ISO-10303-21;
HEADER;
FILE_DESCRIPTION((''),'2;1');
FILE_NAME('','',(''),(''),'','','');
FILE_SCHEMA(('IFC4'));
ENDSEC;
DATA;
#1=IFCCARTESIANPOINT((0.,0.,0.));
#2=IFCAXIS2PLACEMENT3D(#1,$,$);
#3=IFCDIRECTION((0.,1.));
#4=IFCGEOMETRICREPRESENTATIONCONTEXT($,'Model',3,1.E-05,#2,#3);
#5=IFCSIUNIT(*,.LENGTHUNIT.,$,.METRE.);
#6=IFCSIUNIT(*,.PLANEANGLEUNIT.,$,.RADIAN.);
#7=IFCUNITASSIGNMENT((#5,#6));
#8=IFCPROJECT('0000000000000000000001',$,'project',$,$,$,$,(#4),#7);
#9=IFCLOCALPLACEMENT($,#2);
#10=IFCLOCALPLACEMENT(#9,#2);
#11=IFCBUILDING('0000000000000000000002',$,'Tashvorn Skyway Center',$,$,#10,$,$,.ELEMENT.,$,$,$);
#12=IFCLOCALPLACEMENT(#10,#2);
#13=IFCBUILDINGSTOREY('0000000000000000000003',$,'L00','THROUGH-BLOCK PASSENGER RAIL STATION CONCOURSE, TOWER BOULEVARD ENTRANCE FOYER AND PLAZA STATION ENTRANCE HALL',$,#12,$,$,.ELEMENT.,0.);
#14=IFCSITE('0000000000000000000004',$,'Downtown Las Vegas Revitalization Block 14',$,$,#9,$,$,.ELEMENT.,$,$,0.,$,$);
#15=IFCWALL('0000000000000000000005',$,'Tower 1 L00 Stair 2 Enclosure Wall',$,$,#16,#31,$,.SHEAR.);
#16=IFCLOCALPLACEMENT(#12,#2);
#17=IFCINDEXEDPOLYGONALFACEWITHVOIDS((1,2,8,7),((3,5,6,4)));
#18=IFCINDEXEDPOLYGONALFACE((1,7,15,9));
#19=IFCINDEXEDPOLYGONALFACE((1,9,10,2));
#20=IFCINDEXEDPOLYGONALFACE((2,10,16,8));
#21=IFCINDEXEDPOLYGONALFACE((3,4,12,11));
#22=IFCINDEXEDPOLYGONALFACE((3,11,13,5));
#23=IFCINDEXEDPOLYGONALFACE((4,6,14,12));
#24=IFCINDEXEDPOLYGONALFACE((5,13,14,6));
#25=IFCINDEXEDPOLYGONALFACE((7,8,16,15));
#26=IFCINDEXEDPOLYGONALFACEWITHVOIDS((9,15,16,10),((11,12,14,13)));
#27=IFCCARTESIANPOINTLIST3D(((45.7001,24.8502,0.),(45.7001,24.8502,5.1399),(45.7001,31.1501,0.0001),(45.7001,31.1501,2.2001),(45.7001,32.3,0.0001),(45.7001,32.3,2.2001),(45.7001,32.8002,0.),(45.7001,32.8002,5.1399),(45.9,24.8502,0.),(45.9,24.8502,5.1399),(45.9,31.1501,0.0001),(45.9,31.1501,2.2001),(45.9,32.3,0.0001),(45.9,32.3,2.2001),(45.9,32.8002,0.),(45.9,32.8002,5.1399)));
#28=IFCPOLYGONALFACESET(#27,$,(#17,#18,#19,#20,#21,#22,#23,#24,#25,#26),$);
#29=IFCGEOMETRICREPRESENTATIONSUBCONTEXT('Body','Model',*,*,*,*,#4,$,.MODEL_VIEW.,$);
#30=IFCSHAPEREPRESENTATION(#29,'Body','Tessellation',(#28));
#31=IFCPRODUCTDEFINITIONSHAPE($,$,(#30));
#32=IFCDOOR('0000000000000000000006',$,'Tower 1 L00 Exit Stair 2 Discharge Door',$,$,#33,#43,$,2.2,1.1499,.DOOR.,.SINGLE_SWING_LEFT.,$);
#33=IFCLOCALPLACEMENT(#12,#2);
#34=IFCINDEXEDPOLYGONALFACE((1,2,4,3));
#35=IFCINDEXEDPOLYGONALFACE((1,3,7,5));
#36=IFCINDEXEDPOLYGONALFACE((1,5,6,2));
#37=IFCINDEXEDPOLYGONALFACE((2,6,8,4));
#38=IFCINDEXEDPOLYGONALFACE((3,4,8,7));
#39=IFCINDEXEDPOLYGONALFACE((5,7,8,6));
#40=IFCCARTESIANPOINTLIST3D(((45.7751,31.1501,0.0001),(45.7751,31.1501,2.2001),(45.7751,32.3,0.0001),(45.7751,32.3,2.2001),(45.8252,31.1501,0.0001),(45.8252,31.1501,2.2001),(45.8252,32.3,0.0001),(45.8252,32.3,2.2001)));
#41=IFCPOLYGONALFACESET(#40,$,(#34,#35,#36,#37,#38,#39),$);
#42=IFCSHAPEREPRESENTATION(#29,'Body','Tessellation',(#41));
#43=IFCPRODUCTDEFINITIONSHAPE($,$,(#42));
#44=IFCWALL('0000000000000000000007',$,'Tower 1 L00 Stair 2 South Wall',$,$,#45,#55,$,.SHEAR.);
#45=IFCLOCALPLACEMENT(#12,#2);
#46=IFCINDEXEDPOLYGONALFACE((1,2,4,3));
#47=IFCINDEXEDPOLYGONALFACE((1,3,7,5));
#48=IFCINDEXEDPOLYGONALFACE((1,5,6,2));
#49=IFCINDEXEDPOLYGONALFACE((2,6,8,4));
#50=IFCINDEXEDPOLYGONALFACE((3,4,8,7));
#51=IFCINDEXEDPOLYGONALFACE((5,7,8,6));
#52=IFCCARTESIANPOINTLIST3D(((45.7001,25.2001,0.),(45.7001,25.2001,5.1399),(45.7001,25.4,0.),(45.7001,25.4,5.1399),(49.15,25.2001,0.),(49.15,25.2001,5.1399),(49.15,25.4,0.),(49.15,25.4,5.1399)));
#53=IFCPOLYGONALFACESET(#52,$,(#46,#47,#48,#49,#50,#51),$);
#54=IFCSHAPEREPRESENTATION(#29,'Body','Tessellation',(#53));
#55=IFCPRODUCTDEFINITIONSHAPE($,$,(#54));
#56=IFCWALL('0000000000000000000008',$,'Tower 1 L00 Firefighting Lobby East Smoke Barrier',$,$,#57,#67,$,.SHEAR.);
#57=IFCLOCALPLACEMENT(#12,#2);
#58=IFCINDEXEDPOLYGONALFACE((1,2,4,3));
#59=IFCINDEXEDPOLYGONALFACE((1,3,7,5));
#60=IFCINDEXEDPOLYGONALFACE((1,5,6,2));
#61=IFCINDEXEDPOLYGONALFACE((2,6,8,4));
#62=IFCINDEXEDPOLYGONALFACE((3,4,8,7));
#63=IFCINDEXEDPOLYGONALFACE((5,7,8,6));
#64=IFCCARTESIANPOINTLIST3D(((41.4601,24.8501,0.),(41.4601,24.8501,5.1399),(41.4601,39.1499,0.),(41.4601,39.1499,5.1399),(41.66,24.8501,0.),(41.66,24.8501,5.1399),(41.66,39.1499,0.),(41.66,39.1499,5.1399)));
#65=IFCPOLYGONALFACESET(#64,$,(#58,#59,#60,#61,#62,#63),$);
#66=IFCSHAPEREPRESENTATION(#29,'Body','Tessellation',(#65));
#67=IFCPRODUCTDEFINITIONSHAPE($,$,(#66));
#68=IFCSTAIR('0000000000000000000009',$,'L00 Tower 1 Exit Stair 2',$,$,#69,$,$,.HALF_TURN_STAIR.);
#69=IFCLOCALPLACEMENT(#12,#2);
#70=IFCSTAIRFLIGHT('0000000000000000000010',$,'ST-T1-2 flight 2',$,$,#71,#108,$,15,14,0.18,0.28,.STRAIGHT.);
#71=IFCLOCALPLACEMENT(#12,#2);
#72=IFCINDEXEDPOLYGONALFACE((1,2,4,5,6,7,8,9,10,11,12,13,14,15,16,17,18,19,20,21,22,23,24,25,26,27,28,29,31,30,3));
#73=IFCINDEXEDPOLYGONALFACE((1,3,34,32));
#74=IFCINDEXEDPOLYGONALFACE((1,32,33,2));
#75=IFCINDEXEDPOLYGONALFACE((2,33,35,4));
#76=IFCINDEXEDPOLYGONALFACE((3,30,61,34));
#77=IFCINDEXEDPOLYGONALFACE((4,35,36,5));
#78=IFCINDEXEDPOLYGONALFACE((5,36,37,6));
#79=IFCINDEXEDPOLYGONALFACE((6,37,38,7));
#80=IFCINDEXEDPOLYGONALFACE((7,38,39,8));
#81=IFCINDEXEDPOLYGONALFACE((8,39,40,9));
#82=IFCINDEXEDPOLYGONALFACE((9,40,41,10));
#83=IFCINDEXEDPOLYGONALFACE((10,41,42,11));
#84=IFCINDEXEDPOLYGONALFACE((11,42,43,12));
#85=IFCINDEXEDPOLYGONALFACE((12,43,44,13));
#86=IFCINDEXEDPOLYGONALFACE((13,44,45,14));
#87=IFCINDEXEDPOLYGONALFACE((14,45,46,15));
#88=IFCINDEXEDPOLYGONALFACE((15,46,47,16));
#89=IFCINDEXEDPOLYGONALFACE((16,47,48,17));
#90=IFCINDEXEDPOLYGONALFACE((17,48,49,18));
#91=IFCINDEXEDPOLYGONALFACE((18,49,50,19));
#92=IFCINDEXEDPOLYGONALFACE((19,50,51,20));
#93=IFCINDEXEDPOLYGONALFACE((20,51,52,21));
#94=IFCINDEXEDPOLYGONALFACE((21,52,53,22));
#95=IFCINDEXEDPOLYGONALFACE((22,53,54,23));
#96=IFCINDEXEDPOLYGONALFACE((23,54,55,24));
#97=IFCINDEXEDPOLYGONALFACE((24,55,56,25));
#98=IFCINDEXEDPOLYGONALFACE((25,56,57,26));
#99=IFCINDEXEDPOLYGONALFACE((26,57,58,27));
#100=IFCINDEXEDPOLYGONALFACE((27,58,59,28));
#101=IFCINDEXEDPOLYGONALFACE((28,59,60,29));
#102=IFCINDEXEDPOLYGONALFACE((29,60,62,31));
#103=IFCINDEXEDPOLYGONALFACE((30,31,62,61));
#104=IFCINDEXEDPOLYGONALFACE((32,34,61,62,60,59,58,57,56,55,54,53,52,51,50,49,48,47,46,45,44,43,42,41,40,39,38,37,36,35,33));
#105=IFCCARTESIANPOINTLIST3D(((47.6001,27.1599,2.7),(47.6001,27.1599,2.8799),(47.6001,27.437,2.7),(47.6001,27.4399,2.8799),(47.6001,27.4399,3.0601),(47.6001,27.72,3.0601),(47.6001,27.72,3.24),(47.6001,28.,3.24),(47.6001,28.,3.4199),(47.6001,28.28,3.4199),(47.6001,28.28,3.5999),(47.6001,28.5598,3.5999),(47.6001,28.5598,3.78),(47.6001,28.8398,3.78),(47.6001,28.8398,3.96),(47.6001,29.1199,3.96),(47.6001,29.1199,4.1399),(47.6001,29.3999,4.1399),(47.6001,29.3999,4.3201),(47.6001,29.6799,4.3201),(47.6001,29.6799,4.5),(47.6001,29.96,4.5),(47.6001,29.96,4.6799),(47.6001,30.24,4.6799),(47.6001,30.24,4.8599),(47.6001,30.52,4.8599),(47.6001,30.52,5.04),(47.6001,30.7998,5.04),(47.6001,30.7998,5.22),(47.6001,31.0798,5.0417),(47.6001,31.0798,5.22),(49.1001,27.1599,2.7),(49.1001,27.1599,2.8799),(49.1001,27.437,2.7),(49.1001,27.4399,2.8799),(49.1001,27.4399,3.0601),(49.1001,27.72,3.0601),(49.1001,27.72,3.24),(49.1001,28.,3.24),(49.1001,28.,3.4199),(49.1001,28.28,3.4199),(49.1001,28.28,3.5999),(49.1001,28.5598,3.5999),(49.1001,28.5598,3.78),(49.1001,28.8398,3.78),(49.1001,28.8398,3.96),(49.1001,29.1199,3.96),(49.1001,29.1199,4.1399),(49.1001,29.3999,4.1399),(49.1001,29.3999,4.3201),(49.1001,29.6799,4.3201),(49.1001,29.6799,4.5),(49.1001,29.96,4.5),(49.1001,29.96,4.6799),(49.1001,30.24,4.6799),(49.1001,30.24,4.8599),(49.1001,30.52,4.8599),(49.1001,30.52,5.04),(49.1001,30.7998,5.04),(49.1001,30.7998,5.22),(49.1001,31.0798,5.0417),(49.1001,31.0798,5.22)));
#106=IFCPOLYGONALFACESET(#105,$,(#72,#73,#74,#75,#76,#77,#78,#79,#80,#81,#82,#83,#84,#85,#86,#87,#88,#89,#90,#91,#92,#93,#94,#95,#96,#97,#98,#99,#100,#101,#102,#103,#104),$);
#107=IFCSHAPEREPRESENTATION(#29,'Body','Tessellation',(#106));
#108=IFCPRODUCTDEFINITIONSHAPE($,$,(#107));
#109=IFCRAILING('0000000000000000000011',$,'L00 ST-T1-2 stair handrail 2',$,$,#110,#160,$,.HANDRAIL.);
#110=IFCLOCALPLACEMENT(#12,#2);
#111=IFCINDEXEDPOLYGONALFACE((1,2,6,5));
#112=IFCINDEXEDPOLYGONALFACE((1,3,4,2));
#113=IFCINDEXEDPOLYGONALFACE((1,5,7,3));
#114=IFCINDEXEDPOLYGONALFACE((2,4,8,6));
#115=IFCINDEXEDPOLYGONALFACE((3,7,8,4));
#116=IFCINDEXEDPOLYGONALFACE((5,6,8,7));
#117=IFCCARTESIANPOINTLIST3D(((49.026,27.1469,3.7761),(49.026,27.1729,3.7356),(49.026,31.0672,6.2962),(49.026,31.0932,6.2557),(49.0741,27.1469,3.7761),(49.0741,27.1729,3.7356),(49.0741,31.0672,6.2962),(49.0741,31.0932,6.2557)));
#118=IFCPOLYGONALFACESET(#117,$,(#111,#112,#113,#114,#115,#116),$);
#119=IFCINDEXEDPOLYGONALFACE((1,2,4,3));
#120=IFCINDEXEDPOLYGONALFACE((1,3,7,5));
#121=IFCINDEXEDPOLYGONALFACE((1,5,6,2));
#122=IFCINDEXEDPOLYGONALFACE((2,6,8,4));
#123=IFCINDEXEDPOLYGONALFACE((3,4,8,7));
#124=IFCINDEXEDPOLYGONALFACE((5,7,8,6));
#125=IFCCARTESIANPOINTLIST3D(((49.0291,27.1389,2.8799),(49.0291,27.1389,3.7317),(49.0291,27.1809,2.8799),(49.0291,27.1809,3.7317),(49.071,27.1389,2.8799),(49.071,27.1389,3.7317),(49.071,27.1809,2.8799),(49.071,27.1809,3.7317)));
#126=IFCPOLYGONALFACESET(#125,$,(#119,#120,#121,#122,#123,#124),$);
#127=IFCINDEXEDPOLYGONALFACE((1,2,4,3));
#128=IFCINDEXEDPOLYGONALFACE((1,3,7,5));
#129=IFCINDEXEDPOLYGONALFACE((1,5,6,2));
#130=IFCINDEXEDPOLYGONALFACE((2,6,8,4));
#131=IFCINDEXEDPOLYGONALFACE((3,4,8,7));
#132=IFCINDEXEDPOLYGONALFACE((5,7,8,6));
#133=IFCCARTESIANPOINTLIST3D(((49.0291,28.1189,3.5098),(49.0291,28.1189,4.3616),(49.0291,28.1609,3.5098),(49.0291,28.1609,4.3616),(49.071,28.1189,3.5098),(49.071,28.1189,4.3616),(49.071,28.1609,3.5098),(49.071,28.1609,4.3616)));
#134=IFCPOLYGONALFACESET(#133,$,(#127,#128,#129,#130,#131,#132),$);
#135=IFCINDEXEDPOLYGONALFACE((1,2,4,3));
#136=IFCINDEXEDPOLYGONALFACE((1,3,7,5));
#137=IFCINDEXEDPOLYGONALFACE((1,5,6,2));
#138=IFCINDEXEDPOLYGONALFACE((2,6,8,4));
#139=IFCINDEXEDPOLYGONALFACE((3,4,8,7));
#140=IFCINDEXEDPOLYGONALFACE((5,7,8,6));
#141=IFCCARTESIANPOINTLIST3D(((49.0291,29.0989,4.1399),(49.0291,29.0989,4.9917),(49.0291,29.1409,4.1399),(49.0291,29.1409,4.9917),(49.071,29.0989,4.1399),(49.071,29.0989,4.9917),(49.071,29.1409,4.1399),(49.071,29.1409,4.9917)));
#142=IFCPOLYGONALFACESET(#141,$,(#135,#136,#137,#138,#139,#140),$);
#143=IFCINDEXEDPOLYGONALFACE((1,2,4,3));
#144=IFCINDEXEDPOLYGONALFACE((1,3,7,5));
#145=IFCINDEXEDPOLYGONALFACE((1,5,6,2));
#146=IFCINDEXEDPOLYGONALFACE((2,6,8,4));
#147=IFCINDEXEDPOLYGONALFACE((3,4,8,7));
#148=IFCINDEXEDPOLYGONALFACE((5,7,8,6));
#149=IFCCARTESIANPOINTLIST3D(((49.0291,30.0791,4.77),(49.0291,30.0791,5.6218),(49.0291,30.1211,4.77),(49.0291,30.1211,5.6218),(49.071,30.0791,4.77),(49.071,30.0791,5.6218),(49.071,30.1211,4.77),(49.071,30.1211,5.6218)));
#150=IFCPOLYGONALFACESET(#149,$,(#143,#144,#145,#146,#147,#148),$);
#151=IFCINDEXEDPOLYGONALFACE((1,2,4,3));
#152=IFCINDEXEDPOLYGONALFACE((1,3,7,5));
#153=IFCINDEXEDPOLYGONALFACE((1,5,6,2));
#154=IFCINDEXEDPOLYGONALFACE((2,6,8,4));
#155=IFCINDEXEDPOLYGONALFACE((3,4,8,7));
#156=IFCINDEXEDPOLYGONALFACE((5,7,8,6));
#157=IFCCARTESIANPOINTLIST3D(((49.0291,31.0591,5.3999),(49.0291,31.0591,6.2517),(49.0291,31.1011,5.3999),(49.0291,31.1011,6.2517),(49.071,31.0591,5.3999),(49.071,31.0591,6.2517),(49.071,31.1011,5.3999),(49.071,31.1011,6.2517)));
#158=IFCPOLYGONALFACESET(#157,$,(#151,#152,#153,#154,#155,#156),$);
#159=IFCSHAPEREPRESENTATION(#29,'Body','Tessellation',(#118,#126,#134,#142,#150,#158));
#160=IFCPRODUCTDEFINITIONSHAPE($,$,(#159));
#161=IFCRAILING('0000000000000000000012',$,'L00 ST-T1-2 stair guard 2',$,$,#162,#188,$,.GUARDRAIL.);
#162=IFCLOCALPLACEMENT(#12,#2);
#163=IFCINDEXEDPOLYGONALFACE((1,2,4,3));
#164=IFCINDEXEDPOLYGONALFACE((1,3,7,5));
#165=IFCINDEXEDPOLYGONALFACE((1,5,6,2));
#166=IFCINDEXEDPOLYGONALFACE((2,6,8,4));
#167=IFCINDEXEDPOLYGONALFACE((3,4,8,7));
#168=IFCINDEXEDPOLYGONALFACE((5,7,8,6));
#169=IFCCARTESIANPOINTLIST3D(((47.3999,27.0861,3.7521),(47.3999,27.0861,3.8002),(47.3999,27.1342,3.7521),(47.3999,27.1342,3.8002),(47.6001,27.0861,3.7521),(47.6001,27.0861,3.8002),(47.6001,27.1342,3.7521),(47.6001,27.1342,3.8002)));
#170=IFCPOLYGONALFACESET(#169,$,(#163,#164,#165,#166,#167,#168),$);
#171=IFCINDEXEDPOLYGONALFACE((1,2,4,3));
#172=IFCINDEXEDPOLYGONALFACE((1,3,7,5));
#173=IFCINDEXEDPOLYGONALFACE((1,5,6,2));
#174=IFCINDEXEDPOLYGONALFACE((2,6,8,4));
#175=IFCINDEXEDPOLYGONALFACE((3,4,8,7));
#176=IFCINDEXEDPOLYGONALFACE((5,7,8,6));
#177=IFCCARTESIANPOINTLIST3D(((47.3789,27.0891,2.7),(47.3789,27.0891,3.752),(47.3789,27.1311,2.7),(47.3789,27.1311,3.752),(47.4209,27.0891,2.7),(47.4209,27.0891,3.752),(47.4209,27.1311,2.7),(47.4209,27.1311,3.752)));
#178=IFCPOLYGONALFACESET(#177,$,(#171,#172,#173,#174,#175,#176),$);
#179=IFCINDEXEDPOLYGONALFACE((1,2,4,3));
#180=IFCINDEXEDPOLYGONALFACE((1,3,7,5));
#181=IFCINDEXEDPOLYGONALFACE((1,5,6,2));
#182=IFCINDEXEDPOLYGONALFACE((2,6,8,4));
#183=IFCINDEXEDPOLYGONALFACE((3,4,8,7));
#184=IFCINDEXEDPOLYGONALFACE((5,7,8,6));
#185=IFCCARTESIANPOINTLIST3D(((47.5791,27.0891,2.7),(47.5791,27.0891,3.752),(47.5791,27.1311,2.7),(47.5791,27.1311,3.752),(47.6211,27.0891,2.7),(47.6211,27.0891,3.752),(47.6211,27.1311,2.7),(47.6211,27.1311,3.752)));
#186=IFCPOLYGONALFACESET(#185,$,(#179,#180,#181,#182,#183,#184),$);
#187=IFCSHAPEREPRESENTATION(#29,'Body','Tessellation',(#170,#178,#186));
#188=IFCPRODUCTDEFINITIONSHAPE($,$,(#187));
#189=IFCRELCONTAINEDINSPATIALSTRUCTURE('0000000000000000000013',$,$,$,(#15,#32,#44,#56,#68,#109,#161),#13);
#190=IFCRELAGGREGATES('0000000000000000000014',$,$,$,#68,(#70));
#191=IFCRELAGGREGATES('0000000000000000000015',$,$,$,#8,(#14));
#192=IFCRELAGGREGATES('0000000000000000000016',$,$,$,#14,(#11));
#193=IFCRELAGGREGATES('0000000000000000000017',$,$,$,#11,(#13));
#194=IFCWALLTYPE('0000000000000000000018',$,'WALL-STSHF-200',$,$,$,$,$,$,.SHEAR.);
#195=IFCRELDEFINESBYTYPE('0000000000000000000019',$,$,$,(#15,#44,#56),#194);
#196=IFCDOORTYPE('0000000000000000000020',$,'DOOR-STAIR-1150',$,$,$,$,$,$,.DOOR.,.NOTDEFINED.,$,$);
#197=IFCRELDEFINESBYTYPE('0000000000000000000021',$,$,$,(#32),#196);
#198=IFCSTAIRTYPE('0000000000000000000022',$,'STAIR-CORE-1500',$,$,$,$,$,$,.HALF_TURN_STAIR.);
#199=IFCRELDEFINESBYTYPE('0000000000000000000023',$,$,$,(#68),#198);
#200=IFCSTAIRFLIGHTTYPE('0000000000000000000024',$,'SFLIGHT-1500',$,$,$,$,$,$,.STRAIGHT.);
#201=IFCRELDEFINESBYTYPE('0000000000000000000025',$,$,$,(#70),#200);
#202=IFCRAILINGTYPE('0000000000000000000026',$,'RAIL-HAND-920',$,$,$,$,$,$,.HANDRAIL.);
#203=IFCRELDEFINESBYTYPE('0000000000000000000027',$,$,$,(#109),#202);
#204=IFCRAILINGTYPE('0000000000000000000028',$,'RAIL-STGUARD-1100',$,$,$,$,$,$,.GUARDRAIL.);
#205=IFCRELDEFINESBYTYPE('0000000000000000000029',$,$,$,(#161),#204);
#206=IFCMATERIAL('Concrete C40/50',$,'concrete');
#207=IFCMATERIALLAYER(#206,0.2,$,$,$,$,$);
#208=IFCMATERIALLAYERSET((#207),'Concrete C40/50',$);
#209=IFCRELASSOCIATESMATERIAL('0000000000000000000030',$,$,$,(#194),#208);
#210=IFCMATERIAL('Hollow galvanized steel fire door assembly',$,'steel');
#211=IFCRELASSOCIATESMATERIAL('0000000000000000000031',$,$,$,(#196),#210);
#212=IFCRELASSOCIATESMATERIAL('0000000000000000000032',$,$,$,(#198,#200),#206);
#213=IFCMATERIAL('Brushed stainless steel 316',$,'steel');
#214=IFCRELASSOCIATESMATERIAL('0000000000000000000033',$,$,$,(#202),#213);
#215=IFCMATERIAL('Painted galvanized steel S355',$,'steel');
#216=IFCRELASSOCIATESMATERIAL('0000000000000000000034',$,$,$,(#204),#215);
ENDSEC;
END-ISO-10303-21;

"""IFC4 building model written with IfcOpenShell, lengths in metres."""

from ifc_helpers import new_model, si_unit, direction, frame, frame_2d, origin, origin_2d, place, context, subcontext, project, spatial, polyline, rectangle, outline, extrude, material, layer, layer_set, type_object, element, fill, aggregate, save


model = new_model("IFC4")

# Units and contexts
model_context = context("Model", 3, precision=1e-05, world=origin(), true_north=direction((0.0, 1.0)))
body_context = subcontext(model_context, "Body", "Model", "MODEL_VIEW")
ifc_project = project(units=[si_unit("LENGTHUNIT", "METRE"), si_unit("PLANEANGLEUNIT", "RADIAN")], contexts=[model_context])

# Site, building, storey
site_placement = place(None, origin())
site = spatial("IfcSite", under=ifc_project, at=site_placement, Name="Downtown Las Vegas Revitalization Block 14", CompositionType="ELEMENT", RefElevation=0.0)
building_placement = place(site_placement, origin())
building = spatial("IfcBuilding", under=site, at=building_placement, Name="Tashvorn Skyway Center", CompositionType="ELEMENT")
storey_placement = place(building_placement, origin())
storey = spatial("IfcBuildingStorey", under=building, at=storey_placement, Name="L00", Description="THROUGH-BLOCK PASSENGER RAIL STATION CONCOURSE, TOWER BOULEVARD ENTRANCE FOYER AND PLAZA STATION ENTRANCE HALL", CompositionType="ELEMENT", Elevation=0.0)

# Shared definitions
ifc_material_1 = material(Name="Concrete C40/50", Category="concrete")

# Wall, opening, door
ifc_layer_1 = layer(ifc_material_1, 0.2)
ifc_layer_set_1 = layer_set([ifc_layer_1], Name="Concrete C40/50")
wall_type_1 = type_object("IfcWallType", Name="WALL-STSHF-200", PredefinedType="SHEAR", material=ifc_layer_set_1)
wall_1_placement = place(storey_placement, frame((45.8, 24.8501, 0.0), z_axis=(0.0, 0.0, 1.0), x_axis=(0.0, 1.0, 0.0)))
wall_1 = element("IfcWall", 1, at=wall_1_placement, inside=storey, type_object=wall_type_1, Name="Tower 1 L00 Stair 2 Enclosure Wall", PredefinedType="SHEAR", context=body_context, shape_type="SweptSolid", body=[
    extrude(rectangle(XDim=7.95, YDim=0.2, at=frame_2d((3.9751, 0.0))), origin(), (0.0, 0.0, 1.0), 5.1399),
])
opening_1_placement = place(wall_1_placement, frame((6.3, 0.0, 0.0)))
opening_1 = element("IfcOpeningElement", 2, at=opening_1_placement, cuts=wall_1, PredefinedType="OPENING", context=body_context, shape_type="SweptSolid", body=[
    extrude(rectangle(XDim=1.1499, YDim=2.2, at=frame_2d((0.575, 1.1001))), frame((0.0, 0.1099, 0.0), z_axis=(0.0, -1.0, 0.0), x_axis=(1.0, 0.0, 0.0)), (0.0, 0.0, 1.0), 0.22),
])
ifc_material_2 = material(Name="Hollow galvanized steel fire door assembly", Category="steel")
door_type_1 = type_object("IfcDoorType", Name="DOOR-STAIR-1150", OperationType="NOTDEFINED", PredefinedType="DOOR", material=ifc_material_2)
door_1_placement = place(opening_1_placement, origin())
door_1 = element("IfcDoor", 3, at=door_1_placement, inside=storey, type_object=door_type_1, Name="Tower 1 L00 Exit Stair 2 Discharge Door", OperationType="SINGLE_SWING_LEFT", OverallHeight=2.2, OverallWidth=1.1499, PredefinedType="DOOR", context=body_context, shape_type="SweptSolid", body=[
    extrude(rectangle(XDim=1.1499, YDim=2.2, at=frame_2d((0.575, 1.1001))), frame((0.0, 0.0249, 0.0), z_axis=(0.0, -1.0, 0.0), x_axis=(1.0, 0.0, 0.0)), (0.0, 0.0, 1.0), 0.05),
])
fill(opening_1, door_1)

# Walls
wall_2_placement = place(storey_placement, frame((45.7, 25.3, 0.0), z_axis=(0.0, 0.0, 1.0), x_axis=(1.0, 0.0, 0.0)))
element("IfcWall", 4, at=wall_2_placement, inside=storey, type_object=wall_type_1, Name="Tower 1 L00 Stair 2 South Wall", PredefinedType="SHEAR", context=body_context, shape_type="SweptSolid", body=[
    extrude(rectangle(XDim=3.45, YDim=0.2, at=frame_2d((1.7251, 0.0))), origin(), (0.0, 0.0, 1.0), 5.1399),
])
wall_3_placement = place(storey_placement, frame((41.5601, 24.8501, 0.0), z_axis=(0.0, 0.0, 1.0), x_axis=(0.0, 1.0, 0.0)))
element("IfcWall", 5, at=wall_3_placement, inside=storey, type_object=wall_type_1, Name="Tower 1 L00 Firefighting Lobby East Smoke Barrier", PredefinedType="SHEAR", context=body_context, shape_type="SweptSolid", body=[
    extrude(rectangle(XDim=14.2998, YDim=0.2, at=frame_2d((7.1499, 0.0))), origin(), (0.0, 0.0, 1.0), 5.1399),
])

# Stair, stair flight
stair_type = type_object("IfcStairType", Name="STAIR-CORE-1500", PredefinedType="HALF_TURN_STAIR", material=ifc_material_1)
stair_placement = place(storey_placement, origin())
stair = element("IfcStair", 6, at=stair_placement, inside=storey, type_object=stair_type, Name="L00 Tower 1 Exit Stair 2", PredefinedType="HALF_TURN_STAIR")
stair_flight_type = type_object("IfcStairFlightType", Name="SFLIGHT-1500", PredefinedType="STRAIGHT", material=ifc_material_1)
stair_flight_placement = place(storey_placement, frame((48.3501, 27.1599, 2.7), z_axis=(0.0, 0.0, 1.0), x_axis=(0.0, 1.0, 0.0)))
stair_flight = element("IfcStairFlight", 7, at=stair_flight_placement, type_object=stair_flight_type, Name="ST-T1-2 flight 2", NumberOfRisers=15, NumberOfTreads=14, PredefinedType="STRAIGHT", RiserHeight=0.18, TreadLength=0.28, context=body_context, shape_type="SweptSolid", body=[
    extrude(outline(polyline([(0.0, 0.0), (0.0, 0.1799), (0.28, 0.1799), (0.28, 0.3601), (0.5601, 0.3601), (0.5601, 0.54), (0.8401, 0.54), (0.8401, 0.72), (1.1201, 0.72), (1.1201, 0.8999), (1.3999, 0.8999), (1.3999, 1.0801), (1.6799, 1.0801), (1.6799, 1.26), (1.96, 1.26), (1.96, 1.4399), (2.24, 1.4399), (2.24, 1.6201), (2.52, 1.6201), (2.52, 1.8), (2.8, 1.8), (2.8, 1.98), (3.0801, 1.98), (3.0801, 2.1599), (3.3601, 2.1599), (3.3601, 2.3401), (3.6399, 2.3401), (3.6399, 2.52), (3.9199, 2.52), (3.9199, 2.7), (3.9199, 2.3418), (0.2771, 0.0), (0.0, 0.0)])), frame((0.0, 0.75, 0.0), z_axis=(0.0, -1.0, 0.0), x_axis=(1.0, 0.0, 0.0)), (0.0, 0.0, 1.0), 1.5),
])
aggregate(stair, [stair_flight])

# Railings
ifc_material_3 = material(Name="Brushed stainless steel 316", Category="steel")
railing_type_1 = type_object("IfcRailingType", Name="RAIL-HAND-920", PredefinedType="HANDRAIL", material=ifc_material_3)
railing_1_placement = place(storey_placement, frame((49.05, 27.1599, 2.8799)))
element("IfcRailing", 8, at=railing_1_placement, inside=storey, type_object=railing_type_1, Name="L00 ST-T1-2 stair handrail 2", PredefinedType="HANDRAIL", context=body_context, shape_type="SweptSolid", body=[
    extrude(rectangle(XDim=0.0481, YDim=0.0481, at=origin_2d()), frame((0.0, 0.0, 0.876), z_axis=(0.0, 0.841187, 0.540744), x_axis=(-1.0, 0.0, 0.0)), (0.0, 0.0, 1.0), 4.6604),
    extrude(rectangle(XDim=0.042, YDim=0.042, at=origin_2d()), origin(), (0.0, 0.0, 1.0), 0.8518),
    extrude(rectangle(XDim=0.042, YDim=0.042, at=origin_2d()), frame((0.0, 0.98, 0.6299)), (0.0, 0.0, 1.0), 0.8518),
    extrude(rectangle(XDim=0.042, YDim=0.042, at=origin_2d()), frame((0.0, 1.96, 1.26)), (0.0, 0.0, 1.0), 0.8518),
    extrude(rectangle(XDim=0.042, YDim=0.042, at=origin_2d()), frame((0.0, 2.9402, 1.8901)), (0.0, 0.0, 1.0), 0.8518),
    extrude(rectangle(XDim=0.042, YDim=0.042, at=origin_2d()), frame((0.0, 3.9202, 2.52)), (0.0, 0.0, 1.0), 0.8518),
])
ifc_material_4 = material(Name="Painted galvanized steel S355", Category="steel")
railing_type_2 = type_object("IfcRailingType", Name="RAIL-STGUARD-1100", PredefinedType="GUARDRAIL", material=ifc_material_4)
railing_2_placement = place(storey_placement, frame((47.3999, 27.1101, 2.7)))
element("IfcRailing", 9, at=railing_2_placement, inside=storey, type_object=railing_type_2, Name="L00 ST-T1-2 stair guard 2", PredefinedType="GUARDRAIL", context=body_context, shape_type="SweptSolid", body=[
    extrude(rectangle(XDim=0.0481, YDim=0.0481, at=origin_2d()), frame((0.0, 0.0, 1.0762), z_axis=(1.0, 0.0, 0.0), x_axis=(0.0, 1.0, 0.0)), (0.0, 0.0, 1.0), 0.2002),
    extrude(rectangle(XDim=0.042, YDim=0.042, at=origin_2d()), origin(), (0.0, 0.0, 1.0), 1.052),
    extrude(rectangle(XDim=0.042, YDim=0.042, at=origin_2d()), frame((0.2002, 0.0, 0.0)), (0.0, 0.0, 1.0), 1.052),
])

save(model, "model.ifc")
